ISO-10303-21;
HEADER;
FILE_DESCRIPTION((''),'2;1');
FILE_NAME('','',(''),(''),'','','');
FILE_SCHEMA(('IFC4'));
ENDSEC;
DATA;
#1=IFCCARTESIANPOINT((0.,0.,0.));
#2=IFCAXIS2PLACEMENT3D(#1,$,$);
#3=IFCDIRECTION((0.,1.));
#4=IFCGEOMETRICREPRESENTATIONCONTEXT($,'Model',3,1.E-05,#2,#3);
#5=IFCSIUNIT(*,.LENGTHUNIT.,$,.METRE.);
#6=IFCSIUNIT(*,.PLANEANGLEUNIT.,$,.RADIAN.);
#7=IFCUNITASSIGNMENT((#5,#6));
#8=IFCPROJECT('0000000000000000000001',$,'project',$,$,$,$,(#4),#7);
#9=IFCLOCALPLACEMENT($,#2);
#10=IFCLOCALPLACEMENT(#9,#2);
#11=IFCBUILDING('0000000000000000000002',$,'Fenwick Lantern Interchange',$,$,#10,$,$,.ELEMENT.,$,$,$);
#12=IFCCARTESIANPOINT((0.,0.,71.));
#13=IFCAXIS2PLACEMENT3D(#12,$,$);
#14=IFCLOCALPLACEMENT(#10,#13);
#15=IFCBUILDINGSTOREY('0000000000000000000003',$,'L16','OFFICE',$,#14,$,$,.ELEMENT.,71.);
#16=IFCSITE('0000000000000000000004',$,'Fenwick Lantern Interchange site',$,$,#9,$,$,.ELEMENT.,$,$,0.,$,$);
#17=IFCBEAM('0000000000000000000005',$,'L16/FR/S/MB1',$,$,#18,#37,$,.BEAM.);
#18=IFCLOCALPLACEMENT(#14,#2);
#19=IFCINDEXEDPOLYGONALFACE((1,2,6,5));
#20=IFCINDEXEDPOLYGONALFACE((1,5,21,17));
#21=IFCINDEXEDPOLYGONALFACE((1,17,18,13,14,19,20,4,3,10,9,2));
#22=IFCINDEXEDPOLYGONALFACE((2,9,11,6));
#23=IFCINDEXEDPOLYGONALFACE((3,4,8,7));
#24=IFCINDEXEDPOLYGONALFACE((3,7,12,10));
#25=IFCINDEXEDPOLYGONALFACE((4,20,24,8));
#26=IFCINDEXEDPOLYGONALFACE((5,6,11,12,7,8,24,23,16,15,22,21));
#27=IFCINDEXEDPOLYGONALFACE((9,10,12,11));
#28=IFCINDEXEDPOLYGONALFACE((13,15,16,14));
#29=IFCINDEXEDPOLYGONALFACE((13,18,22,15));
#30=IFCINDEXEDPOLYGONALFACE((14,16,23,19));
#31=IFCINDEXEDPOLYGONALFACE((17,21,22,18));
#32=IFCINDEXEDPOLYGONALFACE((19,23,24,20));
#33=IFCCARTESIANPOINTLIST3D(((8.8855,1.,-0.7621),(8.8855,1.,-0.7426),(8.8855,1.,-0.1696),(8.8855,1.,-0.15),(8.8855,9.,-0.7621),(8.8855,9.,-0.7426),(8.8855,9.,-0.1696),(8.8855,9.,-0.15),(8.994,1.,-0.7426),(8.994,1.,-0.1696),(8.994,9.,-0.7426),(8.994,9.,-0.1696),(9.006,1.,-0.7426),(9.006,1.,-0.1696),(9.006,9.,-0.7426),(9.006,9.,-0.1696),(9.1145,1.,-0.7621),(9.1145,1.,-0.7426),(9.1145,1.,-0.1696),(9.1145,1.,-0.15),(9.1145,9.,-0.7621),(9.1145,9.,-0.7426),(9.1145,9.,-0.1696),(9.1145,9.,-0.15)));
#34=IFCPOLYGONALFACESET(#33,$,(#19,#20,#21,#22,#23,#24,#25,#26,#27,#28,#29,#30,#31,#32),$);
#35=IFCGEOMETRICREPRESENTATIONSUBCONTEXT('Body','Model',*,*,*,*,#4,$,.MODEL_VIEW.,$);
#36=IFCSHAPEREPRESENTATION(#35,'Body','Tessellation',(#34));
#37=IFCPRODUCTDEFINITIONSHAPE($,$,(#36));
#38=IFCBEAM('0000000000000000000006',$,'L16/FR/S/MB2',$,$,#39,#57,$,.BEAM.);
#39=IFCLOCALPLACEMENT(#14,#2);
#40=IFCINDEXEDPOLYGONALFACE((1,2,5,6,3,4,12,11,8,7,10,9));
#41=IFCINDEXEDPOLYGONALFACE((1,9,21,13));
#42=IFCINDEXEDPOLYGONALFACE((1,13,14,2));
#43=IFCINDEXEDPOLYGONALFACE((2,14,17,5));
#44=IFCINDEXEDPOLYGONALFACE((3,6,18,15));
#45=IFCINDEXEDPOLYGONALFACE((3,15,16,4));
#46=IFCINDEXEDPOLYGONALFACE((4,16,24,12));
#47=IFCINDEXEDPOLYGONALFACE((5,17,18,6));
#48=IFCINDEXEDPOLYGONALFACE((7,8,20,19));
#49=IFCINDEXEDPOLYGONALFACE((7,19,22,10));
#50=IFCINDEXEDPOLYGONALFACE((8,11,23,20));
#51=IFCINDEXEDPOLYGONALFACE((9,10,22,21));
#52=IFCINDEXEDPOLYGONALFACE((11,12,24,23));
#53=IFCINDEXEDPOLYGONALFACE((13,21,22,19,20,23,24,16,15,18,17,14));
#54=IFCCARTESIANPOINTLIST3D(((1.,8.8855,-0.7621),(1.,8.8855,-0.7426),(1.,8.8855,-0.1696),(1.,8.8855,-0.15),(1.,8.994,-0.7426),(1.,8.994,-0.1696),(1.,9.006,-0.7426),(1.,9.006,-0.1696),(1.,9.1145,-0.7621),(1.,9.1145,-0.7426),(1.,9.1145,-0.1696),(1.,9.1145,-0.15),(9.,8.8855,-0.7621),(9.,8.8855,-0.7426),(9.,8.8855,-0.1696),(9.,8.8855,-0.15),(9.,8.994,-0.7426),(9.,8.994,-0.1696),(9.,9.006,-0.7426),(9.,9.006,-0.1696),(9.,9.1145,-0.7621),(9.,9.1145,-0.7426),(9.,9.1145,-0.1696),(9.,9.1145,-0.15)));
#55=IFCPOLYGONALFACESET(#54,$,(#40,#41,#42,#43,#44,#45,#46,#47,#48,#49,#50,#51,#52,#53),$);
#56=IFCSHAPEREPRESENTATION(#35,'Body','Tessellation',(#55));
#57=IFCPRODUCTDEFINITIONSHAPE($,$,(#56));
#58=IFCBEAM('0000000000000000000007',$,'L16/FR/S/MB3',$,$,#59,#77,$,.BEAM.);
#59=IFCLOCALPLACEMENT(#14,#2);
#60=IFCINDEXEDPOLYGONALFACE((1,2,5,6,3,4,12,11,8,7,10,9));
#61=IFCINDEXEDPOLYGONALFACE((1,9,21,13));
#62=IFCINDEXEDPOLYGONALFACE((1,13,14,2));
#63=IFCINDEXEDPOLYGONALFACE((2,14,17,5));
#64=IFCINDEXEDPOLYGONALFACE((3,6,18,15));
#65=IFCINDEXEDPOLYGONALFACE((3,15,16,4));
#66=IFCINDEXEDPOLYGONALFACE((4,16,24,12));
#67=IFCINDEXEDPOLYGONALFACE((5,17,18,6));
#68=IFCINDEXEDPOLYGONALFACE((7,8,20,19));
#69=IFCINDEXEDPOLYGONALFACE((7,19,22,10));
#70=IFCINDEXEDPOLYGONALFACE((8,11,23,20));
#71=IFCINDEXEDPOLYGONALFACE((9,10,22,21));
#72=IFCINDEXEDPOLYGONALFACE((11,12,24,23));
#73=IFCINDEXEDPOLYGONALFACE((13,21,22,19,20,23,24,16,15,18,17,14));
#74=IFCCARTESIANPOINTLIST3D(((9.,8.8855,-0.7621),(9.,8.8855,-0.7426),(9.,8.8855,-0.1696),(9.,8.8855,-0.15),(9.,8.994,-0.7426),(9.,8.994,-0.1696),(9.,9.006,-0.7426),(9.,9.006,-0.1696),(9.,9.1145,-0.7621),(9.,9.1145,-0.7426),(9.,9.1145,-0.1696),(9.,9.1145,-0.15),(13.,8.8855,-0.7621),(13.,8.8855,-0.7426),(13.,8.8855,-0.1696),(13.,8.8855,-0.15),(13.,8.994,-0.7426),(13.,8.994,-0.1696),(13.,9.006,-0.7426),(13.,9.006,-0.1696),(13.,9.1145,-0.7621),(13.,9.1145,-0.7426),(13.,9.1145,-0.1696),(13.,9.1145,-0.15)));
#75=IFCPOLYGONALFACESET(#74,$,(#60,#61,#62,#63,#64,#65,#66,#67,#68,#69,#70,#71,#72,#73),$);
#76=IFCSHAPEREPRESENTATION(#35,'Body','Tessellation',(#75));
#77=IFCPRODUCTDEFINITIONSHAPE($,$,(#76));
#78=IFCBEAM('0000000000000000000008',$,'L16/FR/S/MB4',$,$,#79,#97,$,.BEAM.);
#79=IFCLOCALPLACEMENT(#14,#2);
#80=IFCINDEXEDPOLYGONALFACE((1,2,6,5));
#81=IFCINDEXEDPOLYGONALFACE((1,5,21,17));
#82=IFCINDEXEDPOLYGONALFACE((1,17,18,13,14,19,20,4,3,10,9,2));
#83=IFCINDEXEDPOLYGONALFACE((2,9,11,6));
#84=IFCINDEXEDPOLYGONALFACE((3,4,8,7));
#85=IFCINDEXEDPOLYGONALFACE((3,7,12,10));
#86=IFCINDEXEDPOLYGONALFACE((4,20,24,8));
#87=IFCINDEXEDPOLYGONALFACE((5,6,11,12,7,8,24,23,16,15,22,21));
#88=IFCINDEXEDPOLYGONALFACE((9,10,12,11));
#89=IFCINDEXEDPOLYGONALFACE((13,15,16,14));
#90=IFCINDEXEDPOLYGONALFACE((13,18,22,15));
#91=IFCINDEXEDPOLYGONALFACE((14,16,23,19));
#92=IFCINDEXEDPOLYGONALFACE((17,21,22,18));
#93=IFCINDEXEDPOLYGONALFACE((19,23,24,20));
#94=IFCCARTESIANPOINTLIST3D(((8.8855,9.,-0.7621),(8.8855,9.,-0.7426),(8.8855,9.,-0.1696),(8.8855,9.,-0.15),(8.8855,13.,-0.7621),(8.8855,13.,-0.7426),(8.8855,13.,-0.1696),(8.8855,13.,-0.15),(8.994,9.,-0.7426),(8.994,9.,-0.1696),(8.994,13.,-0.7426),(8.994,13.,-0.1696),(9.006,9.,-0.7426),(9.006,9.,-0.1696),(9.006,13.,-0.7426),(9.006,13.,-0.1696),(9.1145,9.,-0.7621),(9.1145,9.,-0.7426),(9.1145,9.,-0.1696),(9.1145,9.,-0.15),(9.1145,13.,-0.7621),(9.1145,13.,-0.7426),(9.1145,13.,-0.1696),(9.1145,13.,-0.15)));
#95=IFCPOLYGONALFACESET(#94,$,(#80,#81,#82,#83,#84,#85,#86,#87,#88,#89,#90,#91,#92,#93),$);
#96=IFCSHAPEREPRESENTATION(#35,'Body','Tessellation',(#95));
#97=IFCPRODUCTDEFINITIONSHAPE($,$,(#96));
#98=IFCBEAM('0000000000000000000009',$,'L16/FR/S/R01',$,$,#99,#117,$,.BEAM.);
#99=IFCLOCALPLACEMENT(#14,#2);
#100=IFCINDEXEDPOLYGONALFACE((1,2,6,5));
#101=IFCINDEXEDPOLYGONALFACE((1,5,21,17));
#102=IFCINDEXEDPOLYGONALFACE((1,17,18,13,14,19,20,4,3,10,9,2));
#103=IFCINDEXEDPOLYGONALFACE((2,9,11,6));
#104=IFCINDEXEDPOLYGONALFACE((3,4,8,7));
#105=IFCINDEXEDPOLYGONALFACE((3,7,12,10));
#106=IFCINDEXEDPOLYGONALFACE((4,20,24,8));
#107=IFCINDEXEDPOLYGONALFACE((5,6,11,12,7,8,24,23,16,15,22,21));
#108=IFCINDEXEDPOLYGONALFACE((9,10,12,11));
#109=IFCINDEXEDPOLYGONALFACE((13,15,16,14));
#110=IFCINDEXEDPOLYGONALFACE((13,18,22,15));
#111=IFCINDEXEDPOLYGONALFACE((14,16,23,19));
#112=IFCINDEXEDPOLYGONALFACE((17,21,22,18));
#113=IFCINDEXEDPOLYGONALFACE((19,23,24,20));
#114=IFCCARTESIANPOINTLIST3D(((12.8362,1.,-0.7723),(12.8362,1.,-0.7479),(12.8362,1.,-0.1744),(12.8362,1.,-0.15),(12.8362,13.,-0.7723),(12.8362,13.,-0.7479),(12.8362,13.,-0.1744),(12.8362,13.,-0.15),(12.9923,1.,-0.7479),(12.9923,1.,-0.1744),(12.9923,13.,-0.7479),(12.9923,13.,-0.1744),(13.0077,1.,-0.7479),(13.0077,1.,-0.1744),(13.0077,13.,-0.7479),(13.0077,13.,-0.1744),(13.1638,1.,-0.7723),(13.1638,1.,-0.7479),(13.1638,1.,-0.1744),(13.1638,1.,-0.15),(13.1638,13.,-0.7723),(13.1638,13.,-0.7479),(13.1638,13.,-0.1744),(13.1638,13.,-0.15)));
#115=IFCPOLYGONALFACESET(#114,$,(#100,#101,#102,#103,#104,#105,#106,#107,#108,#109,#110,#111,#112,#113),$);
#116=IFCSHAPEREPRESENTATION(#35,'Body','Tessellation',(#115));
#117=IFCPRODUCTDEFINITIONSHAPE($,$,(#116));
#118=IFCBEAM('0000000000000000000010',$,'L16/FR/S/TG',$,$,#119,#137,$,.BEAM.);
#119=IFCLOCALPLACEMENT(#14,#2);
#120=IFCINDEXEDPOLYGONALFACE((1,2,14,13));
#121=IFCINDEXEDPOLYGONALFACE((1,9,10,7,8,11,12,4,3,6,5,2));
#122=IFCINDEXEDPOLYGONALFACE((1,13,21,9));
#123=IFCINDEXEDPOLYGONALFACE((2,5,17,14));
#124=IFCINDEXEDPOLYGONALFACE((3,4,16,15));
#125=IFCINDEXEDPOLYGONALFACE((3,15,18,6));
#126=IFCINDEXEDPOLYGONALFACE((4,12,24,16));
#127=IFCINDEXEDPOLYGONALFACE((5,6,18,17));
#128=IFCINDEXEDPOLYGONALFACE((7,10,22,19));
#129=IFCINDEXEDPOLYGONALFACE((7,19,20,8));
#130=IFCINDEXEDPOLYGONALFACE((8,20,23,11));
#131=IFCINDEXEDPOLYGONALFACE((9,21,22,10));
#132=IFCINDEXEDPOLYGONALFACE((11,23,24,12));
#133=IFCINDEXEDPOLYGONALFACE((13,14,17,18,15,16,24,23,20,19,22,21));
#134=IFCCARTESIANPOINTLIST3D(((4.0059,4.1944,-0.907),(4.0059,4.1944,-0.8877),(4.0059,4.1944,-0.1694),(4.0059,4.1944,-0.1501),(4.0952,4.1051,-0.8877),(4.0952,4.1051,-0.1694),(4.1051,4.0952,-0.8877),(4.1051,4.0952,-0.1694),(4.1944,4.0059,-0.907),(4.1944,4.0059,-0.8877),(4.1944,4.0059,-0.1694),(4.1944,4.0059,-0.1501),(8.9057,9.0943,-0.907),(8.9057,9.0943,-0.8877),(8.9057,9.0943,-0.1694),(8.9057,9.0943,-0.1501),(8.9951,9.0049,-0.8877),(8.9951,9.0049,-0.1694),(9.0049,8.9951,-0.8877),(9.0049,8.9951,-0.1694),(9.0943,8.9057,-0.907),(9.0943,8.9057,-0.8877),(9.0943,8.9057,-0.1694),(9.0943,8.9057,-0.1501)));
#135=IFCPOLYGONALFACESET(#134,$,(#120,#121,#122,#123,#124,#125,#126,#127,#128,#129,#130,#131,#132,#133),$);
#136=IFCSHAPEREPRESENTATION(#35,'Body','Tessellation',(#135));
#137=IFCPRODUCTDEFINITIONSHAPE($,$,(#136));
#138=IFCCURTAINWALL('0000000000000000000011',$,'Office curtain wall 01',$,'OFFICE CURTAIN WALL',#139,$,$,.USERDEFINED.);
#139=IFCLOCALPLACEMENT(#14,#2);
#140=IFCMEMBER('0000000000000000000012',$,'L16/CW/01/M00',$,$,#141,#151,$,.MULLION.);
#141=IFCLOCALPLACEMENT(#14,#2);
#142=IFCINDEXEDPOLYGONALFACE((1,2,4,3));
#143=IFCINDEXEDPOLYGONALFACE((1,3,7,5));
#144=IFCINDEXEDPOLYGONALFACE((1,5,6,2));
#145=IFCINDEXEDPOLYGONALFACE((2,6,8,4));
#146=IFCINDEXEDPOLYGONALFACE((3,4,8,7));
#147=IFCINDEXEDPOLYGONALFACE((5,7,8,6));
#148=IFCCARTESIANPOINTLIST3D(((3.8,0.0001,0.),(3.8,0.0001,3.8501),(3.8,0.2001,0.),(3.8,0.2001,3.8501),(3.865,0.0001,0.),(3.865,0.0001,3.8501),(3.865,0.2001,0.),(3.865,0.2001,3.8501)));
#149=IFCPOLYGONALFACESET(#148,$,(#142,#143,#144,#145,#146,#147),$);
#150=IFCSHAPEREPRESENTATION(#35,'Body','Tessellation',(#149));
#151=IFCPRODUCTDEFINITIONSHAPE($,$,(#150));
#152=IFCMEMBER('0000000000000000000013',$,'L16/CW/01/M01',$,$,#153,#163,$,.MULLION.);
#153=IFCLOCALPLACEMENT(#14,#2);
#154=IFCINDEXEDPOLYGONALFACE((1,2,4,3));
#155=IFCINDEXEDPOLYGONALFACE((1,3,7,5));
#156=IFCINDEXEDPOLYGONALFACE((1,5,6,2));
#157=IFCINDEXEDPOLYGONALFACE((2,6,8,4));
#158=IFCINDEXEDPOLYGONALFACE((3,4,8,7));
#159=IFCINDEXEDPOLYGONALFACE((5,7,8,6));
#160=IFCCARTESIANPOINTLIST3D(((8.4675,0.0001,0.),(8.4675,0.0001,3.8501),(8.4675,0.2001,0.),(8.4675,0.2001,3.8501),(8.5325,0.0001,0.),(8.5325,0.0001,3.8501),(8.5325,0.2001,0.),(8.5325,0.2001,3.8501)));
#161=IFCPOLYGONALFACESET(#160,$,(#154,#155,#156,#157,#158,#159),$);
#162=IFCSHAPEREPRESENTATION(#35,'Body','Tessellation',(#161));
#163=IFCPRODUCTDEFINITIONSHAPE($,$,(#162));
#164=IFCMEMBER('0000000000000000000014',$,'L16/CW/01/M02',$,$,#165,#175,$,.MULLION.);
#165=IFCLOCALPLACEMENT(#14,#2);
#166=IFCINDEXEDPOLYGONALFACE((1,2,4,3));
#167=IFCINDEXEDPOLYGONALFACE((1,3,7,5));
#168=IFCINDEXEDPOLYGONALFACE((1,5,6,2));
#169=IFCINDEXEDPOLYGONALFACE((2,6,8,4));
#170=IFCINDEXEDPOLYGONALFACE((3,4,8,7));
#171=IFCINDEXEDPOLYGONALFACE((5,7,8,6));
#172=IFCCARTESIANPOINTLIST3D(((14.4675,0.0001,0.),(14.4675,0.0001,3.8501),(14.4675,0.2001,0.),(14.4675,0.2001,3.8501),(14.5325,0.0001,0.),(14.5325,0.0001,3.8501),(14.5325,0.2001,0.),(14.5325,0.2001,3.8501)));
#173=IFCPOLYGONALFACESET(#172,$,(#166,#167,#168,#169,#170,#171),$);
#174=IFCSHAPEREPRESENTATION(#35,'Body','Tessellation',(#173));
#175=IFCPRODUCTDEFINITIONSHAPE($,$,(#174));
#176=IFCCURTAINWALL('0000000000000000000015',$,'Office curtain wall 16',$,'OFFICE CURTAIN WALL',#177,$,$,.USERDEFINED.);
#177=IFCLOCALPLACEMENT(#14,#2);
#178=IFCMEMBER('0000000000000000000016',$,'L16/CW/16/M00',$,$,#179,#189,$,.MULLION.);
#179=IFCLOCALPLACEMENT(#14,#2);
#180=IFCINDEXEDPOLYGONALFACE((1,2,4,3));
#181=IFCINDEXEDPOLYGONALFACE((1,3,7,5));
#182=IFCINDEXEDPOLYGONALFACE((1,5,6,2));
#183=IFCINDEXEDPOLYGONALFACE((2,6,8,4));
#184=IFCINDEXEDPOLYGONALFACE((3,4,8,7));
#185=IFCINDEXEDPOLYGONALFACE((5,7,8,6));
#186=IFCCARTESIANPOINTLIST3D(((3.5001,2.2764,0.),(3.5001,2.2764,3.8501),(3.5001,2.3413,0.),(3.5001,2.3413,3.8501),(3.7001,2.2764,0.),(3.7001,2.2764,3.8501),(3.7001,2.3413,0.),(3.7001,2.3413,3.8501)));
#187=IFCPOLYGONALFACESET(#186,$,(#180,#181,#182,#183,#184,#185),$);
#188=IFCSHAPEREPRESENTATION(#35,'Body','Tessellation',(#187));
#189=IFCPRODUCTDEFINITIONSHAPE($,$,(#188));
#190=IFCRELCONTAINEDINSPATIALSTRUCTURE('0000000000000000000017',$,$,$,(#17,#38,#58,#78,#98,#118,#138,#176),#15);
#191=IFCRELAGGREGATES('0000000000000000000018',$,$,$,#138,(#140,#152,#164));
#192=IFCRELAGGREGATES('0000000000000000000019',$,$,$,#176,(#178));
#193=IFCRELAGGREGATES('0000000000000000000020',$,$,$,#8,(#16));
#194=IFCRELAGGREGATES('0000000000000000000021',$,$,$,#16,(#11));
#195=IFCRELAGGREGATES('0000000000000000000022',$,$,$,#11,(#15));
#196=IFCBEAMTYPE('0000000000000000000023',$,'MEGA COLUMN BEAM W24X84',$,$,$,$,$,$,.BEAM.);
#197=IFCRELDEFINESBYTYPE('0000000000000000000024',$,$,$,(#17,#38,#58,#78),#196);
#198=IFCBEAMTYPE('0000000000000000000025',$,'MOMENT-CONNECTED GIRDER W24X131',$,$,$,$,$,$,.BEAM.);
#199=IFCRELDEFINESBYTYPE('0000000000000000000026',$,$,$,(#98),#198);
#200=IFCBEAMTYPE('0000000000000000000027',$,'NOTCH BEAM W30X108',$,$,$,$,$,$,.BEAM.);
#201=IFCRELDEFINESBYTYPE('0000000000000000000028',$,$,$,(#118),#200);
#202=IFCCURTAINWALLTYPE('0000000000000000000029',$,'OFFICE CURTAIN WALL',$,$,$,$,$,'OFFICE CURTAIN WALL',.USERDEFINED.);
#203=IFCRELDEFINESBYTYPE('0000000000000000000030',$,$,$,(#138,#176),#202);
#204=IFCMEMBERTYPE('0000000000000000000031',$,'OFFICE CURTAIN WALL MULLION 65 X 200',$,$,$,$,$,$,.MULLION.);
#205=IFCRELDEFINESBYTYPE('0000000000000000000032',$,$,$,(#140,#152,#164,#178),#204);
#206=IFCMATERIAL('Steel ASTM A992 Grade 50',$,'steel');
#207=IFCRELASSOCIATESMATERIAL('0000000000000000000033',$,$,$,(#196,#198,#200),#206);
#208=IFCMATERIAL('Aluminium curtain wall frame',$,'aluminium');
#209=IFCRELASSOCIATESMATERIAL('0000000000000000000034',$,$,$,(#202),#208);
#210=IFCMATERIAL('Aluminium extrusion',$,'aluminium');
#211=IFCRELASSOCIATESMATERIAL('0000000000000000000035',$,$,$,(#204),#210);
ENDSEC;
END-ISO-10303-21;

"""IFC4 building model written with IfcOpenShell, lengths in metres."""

from ifc_helpers import new_model, si_unit, direction, frame, origin, origin_2d, place, context, subcontext, project, spatial, rectangle, i_section, extrude, material, material_profile, profile_set, type_object, element, aggregate, save


model = new_model("IFC4")

# Units and contexts
model_context = context("Model", 3, precision=1e-05, world=origin(), true_north=direction((0.0, 1.0)))
body_context = subcontext(model_context, "Body", "Model", "MODEL_VIEW")
ifc_project = project(units=[si_unit("LENGTHUNIT", "METRE"), si_unit("PLANEANGLEUNIT", "RADIAN")], contexts=[model_context])

# Site, building, storey
site_placement = place(None, origin())
site = spatial("IfcSite", under=ifc_project, at=site_placement, Name="Fenwick Lantern Interchange site", CompositionType="ELEMENT", RefElevation=0.0)
building_placement = place(site_placement, origin())
building = spatial("IfcBuilding", under=site, at=building_placement, Name="Fenwick Lantern Interchange", CompositionType="ELEMENT")
storey_placement = place(building_placement, frame((0.0, 0.0, 71.0)))
storey = spatial("IfcBuildingStorey", under=building, at=storey_placement, Name="L16", Description="OFFICE", CompositionType="ELEMENT", Elevation=71.0)

# Beams
ifc_material_1 = material(Name="Steel ASTM A992 Grade 50", Category="steel")
ifc_material_profile_1 = material_profile(ifc_material_1, i_section(OverallWidth=0.229, OverallDepth=0.6121, WebThickness=0.012, FlangeThickness=0.0195, at=origin_2d()), Name="W24X84")
ifc_profile_set_1 = profile_set([ifc_material_profile_1], Name="Steel ASTM A992 Grade 50")
beam_type_1 = type_object("IfcBeamType", Name="MEGA COLUMN BEAM W24X84", PredefinedType="BEAM", material=ifc_profile_set_1)
for number, where, z_axis, x_axis, name in (
    (1, (9.0, 9.0, -0.4561), (0.0, -1.0, 0.0), (1.0, 0.0, 0.0), "L16/FR/S/MB1"),
    (2, (9.0, 9.0, -0.4561), (-1.0, 0.0, 0.0), (0.0, -1.0, 0.0), "L16/FR/S/MB2"),
):
    element("IfcBeam", number, at=place(storey_placement, frame(where, z_axis=z_axis, x_axis=x_axis)), inside=storey, type_object=beam_type_1, Name=name, PredefinedType="BEAM", context=body_context, shape_type="SweptSolid", body=[
        extrude(i_section(OverallWidth=0.229, OverallDepth=0.6121, WebThickness=0.012, FlangeThickness=0.0195, at=origin_2d()), origin(), (0.0, 0.0, 1.0), 8.0),
    ])
for number, where, z_axis, x_axis, name in (
    (3, (9.0, 9.0, -0.4561), (1.0, 0.0, 0.0), (0.0, 1.0, 0.0), "L16/FR/S/MB3"),
    (4, (9.0, 9.0, -0.4561), (0.0, 1.0, 0.0), (-1.0, 0.0, 0.0), "L16/FR/S/MB4"),
):
    element("IfcBeam", number, at=place(storey_placement, frame(where, z_axis=z_axis, x_axis=x_axis)), inside=storey, type_object=beam_type_1, Name=name, PredefinedType="BEAM", context=body_context, shape_type="SweptSolid", body=[
        extrude(i_section(OverallWidth=0.229, OverallDepth=0.6121, WebThickness=0.012, FlangeThickness=0.0195, at=origin_2d()), origin(), (0.0, 0.0, 1.0), 4.0),
    ])
ifc_material_profile_2 = material_profile(ifc_material_1, i_section(OverallWidth=0.3276, OverallDepth=0.6223, WebThickness=0.0154, FlangeThickness=0.0244, at=origin_2d()), Name="W24X131")
ifc_profile_set_2 = profile_set([ifc_material_profile_2], Name="Steel ASTM A992 Grade 50")
beam_type_2 = type_object("IfcBeamType", Name="MOMENT-CONNECTED GIRDER W24X131", PredefinedType="BEAM", material=ifc_profile_set_2)
beam_1_placement = place(storey_placement, frame((13.0, 1.0, -0.4612), z_axis=(0.0, 1.0, 0.0), x_axis=(-1.0, 0.0, 0.0)))
element("IfcBeam", 5, at=beam_1_placement, inside=storey, type_object=beam_type_2, Name="L16/FR/S/R01", PredefinedType="BEAM", context=body_context, shape_type="SweptSolid", body=[
    extrude(i_section(OverallWidth=0.3276, OverallDepth=0.6223, WebThickness=0.0154, FlangeThickness=0.0244, at=origin_2d()), origin(), (0.0, 0.0, 1.0), 12.0),
])
ifc_material_profile_3 = material_profile(ifc_material_1, i_section(OverallWidth=0.2666, OverallDepth=0.7568, WebThickness=0.0139, FlangeThickness=0.0193, at=origin_2d()), Name="W30X108")
ifc_profile_set_3 = profile_set([ifc_material_profile_3], Name="Steel ASTM A992 Grade 50")
beam_type_3 = type_object("IfcBeamType", Name="NOTCH BEAM W30X108", PredefinedType="BEAM", material=ifc_profile_set_3)
beam_2_placement = place(storey_placement, frame((9.0, 9.0, -0.5286), z_axis=(-0.707107, -0.707107, 0.0), x_axis=(0.707107, -0.707107, 0.0)))
element("IfcBeam", 6, at=beam_2_placement, inside=storey, type_object=beam_type_3, Name="L16/FR/S/TG", PredefinedType="BEAM", context=body_context, shape_type="SweptSolid", body=[
    extrude(i_section(OverallWidth=0.2666, OverallDepth=0.7568, WebThickness=0.0139, FlangeThickness=0.0193, at=origin_2d()), origin(), (0.0, 0.0, 1.0), 6.9294),
])

# Curtain walls, members
ifc_material_2 = material(Name="Aluminium curtain wall frame", Category="aluminium")
curtain_wall_type = type_object("IfcCurtainWallType", Name="OFFICE CURTAIN WALL", ElementType="OFFICE CURTAIN WALL", PredefinedType="USERDEFINED", material=ifc_material_2)
curtain_wall_1_placement = place(storey_placement, origin())
curtain_wall_1 = element("IfcCurtainWall", 7, at=curtain_wall_1_placement, inside=storey, type_object=curtain_wall_type, Name="Office curtain wall 01", ObjectType="OFFICE CURTAIN WALL", PredefinedType="USERDEFINED")
ifc_material_3 = material(Name="Aluminium extrusion", Category="aluminium")
ifc_material_profile_4 = material_profile(ifc_material_3, rectangle(XDim=0.2, YDim=0.0649, at=origin_2d()), Name="OFFICE CURTAIN WALL MULLION 65 X 200")
ifc_profile_set_4 = profile_set([ifc_material_profile_4], Name="Aluminium extrusion")
member_type_1 = type_object("IfcMemberType", Name="OFFICE CURTAIN WALL MULLION 65 X 200", PredefinedType="MULLION", material=ifc_profile_set_4)
member_1_placement = place(storey_placement, frame((3.8325, 0.1001, 0.0), z_axis=(0.0, 0.0, 1.0), x_axis=(0.0, 1.0, 0.0)))
member_1 = element("IfcMember", 8, at=member_1_placement, type_object=member_type_1, Name="L16/CW/01/M00", PredefinedType="MULLION", context=body_context, shape_type="SweptSolid", body=[
    extrude(rectangle(XDim=0.2, YDim=0.0649, at=origin_2d()), origin(), (0.0, 0.0, 1.0), 3.8501),
])
member_2_placement = place(storey_placement, frame((8.5, 0.1001, 0.0), z_axis=(0.0, 0.0, 1.0), x_axis=(0.0, 1.0, 0.0)))
member_2 = element("IfcMember", 9, at=member_2_placement, type_object=member_type_1, Name="L16/CW/01/M01", PredefinedType="MULLION", context=body_context, shape_type="SweptSolid", body=[
    extrude(rectangle(XDim=0.2, YDim=0.0649, at=origin_2d()), origin(), (0.0, 0.0, 1.0), 3.8501),
])
member_3_placement = place(storey_placement, frame((14.5, 0.1001, 0.0), z_axis=(0.0, 0.0, 1.0), x_axis=(0.0, 1.0, 0.0)))
member_3 = element("IfcMember", 10, at=member_3_placement, type_object=member_type_1, Name="L16/CW/01/M02", PredefinedType="MULLION", context=body_context, shape_type="SweptSolid", body=[
    extrude(rectangle(XDim=0.2, YDim=0.0649, at=origin_2d()), origin(), (0.0, 0.0, 1.0), 3.8501),
])
curtain_wall_2_placement = place(storey_placement, origin())
curtain_wall_2 = element("IfcCurtainWall", 11, at=curtain_wall_2_placement, inside=storey, type_object=curtain_wall_type, Name="Office curtain wall 16", ObjectType="OFFICE CURTAIN WALL", PredefinedType="USERDEFINED")
member_4_placement = place(storey_placement, frame((3.6001, 2.3088, 0.0), z_axis=(0.0, 0.0, 1.0), x_axis=(1.0, 0.0, 0.0)))
member_4 = element("IfcMember", 12, at=member_4_placement, type_object=member_type_1, Name="L16/CW/16/M00", PredefinedType="MULLION", context=body_context, shape_type="SweptSolid", body=[
    extrude(rectangle(XDim=0.2, YDim=0.0649, at=origin_2d()), origin(), (0.0, 0.0, 1.0), 3.8501),
])

aggregate(curtain_wall_1, [member_1, member_2, member_3])

aggregate(curtain_wall_2, [member_4])

save(model, "model.ifc")
